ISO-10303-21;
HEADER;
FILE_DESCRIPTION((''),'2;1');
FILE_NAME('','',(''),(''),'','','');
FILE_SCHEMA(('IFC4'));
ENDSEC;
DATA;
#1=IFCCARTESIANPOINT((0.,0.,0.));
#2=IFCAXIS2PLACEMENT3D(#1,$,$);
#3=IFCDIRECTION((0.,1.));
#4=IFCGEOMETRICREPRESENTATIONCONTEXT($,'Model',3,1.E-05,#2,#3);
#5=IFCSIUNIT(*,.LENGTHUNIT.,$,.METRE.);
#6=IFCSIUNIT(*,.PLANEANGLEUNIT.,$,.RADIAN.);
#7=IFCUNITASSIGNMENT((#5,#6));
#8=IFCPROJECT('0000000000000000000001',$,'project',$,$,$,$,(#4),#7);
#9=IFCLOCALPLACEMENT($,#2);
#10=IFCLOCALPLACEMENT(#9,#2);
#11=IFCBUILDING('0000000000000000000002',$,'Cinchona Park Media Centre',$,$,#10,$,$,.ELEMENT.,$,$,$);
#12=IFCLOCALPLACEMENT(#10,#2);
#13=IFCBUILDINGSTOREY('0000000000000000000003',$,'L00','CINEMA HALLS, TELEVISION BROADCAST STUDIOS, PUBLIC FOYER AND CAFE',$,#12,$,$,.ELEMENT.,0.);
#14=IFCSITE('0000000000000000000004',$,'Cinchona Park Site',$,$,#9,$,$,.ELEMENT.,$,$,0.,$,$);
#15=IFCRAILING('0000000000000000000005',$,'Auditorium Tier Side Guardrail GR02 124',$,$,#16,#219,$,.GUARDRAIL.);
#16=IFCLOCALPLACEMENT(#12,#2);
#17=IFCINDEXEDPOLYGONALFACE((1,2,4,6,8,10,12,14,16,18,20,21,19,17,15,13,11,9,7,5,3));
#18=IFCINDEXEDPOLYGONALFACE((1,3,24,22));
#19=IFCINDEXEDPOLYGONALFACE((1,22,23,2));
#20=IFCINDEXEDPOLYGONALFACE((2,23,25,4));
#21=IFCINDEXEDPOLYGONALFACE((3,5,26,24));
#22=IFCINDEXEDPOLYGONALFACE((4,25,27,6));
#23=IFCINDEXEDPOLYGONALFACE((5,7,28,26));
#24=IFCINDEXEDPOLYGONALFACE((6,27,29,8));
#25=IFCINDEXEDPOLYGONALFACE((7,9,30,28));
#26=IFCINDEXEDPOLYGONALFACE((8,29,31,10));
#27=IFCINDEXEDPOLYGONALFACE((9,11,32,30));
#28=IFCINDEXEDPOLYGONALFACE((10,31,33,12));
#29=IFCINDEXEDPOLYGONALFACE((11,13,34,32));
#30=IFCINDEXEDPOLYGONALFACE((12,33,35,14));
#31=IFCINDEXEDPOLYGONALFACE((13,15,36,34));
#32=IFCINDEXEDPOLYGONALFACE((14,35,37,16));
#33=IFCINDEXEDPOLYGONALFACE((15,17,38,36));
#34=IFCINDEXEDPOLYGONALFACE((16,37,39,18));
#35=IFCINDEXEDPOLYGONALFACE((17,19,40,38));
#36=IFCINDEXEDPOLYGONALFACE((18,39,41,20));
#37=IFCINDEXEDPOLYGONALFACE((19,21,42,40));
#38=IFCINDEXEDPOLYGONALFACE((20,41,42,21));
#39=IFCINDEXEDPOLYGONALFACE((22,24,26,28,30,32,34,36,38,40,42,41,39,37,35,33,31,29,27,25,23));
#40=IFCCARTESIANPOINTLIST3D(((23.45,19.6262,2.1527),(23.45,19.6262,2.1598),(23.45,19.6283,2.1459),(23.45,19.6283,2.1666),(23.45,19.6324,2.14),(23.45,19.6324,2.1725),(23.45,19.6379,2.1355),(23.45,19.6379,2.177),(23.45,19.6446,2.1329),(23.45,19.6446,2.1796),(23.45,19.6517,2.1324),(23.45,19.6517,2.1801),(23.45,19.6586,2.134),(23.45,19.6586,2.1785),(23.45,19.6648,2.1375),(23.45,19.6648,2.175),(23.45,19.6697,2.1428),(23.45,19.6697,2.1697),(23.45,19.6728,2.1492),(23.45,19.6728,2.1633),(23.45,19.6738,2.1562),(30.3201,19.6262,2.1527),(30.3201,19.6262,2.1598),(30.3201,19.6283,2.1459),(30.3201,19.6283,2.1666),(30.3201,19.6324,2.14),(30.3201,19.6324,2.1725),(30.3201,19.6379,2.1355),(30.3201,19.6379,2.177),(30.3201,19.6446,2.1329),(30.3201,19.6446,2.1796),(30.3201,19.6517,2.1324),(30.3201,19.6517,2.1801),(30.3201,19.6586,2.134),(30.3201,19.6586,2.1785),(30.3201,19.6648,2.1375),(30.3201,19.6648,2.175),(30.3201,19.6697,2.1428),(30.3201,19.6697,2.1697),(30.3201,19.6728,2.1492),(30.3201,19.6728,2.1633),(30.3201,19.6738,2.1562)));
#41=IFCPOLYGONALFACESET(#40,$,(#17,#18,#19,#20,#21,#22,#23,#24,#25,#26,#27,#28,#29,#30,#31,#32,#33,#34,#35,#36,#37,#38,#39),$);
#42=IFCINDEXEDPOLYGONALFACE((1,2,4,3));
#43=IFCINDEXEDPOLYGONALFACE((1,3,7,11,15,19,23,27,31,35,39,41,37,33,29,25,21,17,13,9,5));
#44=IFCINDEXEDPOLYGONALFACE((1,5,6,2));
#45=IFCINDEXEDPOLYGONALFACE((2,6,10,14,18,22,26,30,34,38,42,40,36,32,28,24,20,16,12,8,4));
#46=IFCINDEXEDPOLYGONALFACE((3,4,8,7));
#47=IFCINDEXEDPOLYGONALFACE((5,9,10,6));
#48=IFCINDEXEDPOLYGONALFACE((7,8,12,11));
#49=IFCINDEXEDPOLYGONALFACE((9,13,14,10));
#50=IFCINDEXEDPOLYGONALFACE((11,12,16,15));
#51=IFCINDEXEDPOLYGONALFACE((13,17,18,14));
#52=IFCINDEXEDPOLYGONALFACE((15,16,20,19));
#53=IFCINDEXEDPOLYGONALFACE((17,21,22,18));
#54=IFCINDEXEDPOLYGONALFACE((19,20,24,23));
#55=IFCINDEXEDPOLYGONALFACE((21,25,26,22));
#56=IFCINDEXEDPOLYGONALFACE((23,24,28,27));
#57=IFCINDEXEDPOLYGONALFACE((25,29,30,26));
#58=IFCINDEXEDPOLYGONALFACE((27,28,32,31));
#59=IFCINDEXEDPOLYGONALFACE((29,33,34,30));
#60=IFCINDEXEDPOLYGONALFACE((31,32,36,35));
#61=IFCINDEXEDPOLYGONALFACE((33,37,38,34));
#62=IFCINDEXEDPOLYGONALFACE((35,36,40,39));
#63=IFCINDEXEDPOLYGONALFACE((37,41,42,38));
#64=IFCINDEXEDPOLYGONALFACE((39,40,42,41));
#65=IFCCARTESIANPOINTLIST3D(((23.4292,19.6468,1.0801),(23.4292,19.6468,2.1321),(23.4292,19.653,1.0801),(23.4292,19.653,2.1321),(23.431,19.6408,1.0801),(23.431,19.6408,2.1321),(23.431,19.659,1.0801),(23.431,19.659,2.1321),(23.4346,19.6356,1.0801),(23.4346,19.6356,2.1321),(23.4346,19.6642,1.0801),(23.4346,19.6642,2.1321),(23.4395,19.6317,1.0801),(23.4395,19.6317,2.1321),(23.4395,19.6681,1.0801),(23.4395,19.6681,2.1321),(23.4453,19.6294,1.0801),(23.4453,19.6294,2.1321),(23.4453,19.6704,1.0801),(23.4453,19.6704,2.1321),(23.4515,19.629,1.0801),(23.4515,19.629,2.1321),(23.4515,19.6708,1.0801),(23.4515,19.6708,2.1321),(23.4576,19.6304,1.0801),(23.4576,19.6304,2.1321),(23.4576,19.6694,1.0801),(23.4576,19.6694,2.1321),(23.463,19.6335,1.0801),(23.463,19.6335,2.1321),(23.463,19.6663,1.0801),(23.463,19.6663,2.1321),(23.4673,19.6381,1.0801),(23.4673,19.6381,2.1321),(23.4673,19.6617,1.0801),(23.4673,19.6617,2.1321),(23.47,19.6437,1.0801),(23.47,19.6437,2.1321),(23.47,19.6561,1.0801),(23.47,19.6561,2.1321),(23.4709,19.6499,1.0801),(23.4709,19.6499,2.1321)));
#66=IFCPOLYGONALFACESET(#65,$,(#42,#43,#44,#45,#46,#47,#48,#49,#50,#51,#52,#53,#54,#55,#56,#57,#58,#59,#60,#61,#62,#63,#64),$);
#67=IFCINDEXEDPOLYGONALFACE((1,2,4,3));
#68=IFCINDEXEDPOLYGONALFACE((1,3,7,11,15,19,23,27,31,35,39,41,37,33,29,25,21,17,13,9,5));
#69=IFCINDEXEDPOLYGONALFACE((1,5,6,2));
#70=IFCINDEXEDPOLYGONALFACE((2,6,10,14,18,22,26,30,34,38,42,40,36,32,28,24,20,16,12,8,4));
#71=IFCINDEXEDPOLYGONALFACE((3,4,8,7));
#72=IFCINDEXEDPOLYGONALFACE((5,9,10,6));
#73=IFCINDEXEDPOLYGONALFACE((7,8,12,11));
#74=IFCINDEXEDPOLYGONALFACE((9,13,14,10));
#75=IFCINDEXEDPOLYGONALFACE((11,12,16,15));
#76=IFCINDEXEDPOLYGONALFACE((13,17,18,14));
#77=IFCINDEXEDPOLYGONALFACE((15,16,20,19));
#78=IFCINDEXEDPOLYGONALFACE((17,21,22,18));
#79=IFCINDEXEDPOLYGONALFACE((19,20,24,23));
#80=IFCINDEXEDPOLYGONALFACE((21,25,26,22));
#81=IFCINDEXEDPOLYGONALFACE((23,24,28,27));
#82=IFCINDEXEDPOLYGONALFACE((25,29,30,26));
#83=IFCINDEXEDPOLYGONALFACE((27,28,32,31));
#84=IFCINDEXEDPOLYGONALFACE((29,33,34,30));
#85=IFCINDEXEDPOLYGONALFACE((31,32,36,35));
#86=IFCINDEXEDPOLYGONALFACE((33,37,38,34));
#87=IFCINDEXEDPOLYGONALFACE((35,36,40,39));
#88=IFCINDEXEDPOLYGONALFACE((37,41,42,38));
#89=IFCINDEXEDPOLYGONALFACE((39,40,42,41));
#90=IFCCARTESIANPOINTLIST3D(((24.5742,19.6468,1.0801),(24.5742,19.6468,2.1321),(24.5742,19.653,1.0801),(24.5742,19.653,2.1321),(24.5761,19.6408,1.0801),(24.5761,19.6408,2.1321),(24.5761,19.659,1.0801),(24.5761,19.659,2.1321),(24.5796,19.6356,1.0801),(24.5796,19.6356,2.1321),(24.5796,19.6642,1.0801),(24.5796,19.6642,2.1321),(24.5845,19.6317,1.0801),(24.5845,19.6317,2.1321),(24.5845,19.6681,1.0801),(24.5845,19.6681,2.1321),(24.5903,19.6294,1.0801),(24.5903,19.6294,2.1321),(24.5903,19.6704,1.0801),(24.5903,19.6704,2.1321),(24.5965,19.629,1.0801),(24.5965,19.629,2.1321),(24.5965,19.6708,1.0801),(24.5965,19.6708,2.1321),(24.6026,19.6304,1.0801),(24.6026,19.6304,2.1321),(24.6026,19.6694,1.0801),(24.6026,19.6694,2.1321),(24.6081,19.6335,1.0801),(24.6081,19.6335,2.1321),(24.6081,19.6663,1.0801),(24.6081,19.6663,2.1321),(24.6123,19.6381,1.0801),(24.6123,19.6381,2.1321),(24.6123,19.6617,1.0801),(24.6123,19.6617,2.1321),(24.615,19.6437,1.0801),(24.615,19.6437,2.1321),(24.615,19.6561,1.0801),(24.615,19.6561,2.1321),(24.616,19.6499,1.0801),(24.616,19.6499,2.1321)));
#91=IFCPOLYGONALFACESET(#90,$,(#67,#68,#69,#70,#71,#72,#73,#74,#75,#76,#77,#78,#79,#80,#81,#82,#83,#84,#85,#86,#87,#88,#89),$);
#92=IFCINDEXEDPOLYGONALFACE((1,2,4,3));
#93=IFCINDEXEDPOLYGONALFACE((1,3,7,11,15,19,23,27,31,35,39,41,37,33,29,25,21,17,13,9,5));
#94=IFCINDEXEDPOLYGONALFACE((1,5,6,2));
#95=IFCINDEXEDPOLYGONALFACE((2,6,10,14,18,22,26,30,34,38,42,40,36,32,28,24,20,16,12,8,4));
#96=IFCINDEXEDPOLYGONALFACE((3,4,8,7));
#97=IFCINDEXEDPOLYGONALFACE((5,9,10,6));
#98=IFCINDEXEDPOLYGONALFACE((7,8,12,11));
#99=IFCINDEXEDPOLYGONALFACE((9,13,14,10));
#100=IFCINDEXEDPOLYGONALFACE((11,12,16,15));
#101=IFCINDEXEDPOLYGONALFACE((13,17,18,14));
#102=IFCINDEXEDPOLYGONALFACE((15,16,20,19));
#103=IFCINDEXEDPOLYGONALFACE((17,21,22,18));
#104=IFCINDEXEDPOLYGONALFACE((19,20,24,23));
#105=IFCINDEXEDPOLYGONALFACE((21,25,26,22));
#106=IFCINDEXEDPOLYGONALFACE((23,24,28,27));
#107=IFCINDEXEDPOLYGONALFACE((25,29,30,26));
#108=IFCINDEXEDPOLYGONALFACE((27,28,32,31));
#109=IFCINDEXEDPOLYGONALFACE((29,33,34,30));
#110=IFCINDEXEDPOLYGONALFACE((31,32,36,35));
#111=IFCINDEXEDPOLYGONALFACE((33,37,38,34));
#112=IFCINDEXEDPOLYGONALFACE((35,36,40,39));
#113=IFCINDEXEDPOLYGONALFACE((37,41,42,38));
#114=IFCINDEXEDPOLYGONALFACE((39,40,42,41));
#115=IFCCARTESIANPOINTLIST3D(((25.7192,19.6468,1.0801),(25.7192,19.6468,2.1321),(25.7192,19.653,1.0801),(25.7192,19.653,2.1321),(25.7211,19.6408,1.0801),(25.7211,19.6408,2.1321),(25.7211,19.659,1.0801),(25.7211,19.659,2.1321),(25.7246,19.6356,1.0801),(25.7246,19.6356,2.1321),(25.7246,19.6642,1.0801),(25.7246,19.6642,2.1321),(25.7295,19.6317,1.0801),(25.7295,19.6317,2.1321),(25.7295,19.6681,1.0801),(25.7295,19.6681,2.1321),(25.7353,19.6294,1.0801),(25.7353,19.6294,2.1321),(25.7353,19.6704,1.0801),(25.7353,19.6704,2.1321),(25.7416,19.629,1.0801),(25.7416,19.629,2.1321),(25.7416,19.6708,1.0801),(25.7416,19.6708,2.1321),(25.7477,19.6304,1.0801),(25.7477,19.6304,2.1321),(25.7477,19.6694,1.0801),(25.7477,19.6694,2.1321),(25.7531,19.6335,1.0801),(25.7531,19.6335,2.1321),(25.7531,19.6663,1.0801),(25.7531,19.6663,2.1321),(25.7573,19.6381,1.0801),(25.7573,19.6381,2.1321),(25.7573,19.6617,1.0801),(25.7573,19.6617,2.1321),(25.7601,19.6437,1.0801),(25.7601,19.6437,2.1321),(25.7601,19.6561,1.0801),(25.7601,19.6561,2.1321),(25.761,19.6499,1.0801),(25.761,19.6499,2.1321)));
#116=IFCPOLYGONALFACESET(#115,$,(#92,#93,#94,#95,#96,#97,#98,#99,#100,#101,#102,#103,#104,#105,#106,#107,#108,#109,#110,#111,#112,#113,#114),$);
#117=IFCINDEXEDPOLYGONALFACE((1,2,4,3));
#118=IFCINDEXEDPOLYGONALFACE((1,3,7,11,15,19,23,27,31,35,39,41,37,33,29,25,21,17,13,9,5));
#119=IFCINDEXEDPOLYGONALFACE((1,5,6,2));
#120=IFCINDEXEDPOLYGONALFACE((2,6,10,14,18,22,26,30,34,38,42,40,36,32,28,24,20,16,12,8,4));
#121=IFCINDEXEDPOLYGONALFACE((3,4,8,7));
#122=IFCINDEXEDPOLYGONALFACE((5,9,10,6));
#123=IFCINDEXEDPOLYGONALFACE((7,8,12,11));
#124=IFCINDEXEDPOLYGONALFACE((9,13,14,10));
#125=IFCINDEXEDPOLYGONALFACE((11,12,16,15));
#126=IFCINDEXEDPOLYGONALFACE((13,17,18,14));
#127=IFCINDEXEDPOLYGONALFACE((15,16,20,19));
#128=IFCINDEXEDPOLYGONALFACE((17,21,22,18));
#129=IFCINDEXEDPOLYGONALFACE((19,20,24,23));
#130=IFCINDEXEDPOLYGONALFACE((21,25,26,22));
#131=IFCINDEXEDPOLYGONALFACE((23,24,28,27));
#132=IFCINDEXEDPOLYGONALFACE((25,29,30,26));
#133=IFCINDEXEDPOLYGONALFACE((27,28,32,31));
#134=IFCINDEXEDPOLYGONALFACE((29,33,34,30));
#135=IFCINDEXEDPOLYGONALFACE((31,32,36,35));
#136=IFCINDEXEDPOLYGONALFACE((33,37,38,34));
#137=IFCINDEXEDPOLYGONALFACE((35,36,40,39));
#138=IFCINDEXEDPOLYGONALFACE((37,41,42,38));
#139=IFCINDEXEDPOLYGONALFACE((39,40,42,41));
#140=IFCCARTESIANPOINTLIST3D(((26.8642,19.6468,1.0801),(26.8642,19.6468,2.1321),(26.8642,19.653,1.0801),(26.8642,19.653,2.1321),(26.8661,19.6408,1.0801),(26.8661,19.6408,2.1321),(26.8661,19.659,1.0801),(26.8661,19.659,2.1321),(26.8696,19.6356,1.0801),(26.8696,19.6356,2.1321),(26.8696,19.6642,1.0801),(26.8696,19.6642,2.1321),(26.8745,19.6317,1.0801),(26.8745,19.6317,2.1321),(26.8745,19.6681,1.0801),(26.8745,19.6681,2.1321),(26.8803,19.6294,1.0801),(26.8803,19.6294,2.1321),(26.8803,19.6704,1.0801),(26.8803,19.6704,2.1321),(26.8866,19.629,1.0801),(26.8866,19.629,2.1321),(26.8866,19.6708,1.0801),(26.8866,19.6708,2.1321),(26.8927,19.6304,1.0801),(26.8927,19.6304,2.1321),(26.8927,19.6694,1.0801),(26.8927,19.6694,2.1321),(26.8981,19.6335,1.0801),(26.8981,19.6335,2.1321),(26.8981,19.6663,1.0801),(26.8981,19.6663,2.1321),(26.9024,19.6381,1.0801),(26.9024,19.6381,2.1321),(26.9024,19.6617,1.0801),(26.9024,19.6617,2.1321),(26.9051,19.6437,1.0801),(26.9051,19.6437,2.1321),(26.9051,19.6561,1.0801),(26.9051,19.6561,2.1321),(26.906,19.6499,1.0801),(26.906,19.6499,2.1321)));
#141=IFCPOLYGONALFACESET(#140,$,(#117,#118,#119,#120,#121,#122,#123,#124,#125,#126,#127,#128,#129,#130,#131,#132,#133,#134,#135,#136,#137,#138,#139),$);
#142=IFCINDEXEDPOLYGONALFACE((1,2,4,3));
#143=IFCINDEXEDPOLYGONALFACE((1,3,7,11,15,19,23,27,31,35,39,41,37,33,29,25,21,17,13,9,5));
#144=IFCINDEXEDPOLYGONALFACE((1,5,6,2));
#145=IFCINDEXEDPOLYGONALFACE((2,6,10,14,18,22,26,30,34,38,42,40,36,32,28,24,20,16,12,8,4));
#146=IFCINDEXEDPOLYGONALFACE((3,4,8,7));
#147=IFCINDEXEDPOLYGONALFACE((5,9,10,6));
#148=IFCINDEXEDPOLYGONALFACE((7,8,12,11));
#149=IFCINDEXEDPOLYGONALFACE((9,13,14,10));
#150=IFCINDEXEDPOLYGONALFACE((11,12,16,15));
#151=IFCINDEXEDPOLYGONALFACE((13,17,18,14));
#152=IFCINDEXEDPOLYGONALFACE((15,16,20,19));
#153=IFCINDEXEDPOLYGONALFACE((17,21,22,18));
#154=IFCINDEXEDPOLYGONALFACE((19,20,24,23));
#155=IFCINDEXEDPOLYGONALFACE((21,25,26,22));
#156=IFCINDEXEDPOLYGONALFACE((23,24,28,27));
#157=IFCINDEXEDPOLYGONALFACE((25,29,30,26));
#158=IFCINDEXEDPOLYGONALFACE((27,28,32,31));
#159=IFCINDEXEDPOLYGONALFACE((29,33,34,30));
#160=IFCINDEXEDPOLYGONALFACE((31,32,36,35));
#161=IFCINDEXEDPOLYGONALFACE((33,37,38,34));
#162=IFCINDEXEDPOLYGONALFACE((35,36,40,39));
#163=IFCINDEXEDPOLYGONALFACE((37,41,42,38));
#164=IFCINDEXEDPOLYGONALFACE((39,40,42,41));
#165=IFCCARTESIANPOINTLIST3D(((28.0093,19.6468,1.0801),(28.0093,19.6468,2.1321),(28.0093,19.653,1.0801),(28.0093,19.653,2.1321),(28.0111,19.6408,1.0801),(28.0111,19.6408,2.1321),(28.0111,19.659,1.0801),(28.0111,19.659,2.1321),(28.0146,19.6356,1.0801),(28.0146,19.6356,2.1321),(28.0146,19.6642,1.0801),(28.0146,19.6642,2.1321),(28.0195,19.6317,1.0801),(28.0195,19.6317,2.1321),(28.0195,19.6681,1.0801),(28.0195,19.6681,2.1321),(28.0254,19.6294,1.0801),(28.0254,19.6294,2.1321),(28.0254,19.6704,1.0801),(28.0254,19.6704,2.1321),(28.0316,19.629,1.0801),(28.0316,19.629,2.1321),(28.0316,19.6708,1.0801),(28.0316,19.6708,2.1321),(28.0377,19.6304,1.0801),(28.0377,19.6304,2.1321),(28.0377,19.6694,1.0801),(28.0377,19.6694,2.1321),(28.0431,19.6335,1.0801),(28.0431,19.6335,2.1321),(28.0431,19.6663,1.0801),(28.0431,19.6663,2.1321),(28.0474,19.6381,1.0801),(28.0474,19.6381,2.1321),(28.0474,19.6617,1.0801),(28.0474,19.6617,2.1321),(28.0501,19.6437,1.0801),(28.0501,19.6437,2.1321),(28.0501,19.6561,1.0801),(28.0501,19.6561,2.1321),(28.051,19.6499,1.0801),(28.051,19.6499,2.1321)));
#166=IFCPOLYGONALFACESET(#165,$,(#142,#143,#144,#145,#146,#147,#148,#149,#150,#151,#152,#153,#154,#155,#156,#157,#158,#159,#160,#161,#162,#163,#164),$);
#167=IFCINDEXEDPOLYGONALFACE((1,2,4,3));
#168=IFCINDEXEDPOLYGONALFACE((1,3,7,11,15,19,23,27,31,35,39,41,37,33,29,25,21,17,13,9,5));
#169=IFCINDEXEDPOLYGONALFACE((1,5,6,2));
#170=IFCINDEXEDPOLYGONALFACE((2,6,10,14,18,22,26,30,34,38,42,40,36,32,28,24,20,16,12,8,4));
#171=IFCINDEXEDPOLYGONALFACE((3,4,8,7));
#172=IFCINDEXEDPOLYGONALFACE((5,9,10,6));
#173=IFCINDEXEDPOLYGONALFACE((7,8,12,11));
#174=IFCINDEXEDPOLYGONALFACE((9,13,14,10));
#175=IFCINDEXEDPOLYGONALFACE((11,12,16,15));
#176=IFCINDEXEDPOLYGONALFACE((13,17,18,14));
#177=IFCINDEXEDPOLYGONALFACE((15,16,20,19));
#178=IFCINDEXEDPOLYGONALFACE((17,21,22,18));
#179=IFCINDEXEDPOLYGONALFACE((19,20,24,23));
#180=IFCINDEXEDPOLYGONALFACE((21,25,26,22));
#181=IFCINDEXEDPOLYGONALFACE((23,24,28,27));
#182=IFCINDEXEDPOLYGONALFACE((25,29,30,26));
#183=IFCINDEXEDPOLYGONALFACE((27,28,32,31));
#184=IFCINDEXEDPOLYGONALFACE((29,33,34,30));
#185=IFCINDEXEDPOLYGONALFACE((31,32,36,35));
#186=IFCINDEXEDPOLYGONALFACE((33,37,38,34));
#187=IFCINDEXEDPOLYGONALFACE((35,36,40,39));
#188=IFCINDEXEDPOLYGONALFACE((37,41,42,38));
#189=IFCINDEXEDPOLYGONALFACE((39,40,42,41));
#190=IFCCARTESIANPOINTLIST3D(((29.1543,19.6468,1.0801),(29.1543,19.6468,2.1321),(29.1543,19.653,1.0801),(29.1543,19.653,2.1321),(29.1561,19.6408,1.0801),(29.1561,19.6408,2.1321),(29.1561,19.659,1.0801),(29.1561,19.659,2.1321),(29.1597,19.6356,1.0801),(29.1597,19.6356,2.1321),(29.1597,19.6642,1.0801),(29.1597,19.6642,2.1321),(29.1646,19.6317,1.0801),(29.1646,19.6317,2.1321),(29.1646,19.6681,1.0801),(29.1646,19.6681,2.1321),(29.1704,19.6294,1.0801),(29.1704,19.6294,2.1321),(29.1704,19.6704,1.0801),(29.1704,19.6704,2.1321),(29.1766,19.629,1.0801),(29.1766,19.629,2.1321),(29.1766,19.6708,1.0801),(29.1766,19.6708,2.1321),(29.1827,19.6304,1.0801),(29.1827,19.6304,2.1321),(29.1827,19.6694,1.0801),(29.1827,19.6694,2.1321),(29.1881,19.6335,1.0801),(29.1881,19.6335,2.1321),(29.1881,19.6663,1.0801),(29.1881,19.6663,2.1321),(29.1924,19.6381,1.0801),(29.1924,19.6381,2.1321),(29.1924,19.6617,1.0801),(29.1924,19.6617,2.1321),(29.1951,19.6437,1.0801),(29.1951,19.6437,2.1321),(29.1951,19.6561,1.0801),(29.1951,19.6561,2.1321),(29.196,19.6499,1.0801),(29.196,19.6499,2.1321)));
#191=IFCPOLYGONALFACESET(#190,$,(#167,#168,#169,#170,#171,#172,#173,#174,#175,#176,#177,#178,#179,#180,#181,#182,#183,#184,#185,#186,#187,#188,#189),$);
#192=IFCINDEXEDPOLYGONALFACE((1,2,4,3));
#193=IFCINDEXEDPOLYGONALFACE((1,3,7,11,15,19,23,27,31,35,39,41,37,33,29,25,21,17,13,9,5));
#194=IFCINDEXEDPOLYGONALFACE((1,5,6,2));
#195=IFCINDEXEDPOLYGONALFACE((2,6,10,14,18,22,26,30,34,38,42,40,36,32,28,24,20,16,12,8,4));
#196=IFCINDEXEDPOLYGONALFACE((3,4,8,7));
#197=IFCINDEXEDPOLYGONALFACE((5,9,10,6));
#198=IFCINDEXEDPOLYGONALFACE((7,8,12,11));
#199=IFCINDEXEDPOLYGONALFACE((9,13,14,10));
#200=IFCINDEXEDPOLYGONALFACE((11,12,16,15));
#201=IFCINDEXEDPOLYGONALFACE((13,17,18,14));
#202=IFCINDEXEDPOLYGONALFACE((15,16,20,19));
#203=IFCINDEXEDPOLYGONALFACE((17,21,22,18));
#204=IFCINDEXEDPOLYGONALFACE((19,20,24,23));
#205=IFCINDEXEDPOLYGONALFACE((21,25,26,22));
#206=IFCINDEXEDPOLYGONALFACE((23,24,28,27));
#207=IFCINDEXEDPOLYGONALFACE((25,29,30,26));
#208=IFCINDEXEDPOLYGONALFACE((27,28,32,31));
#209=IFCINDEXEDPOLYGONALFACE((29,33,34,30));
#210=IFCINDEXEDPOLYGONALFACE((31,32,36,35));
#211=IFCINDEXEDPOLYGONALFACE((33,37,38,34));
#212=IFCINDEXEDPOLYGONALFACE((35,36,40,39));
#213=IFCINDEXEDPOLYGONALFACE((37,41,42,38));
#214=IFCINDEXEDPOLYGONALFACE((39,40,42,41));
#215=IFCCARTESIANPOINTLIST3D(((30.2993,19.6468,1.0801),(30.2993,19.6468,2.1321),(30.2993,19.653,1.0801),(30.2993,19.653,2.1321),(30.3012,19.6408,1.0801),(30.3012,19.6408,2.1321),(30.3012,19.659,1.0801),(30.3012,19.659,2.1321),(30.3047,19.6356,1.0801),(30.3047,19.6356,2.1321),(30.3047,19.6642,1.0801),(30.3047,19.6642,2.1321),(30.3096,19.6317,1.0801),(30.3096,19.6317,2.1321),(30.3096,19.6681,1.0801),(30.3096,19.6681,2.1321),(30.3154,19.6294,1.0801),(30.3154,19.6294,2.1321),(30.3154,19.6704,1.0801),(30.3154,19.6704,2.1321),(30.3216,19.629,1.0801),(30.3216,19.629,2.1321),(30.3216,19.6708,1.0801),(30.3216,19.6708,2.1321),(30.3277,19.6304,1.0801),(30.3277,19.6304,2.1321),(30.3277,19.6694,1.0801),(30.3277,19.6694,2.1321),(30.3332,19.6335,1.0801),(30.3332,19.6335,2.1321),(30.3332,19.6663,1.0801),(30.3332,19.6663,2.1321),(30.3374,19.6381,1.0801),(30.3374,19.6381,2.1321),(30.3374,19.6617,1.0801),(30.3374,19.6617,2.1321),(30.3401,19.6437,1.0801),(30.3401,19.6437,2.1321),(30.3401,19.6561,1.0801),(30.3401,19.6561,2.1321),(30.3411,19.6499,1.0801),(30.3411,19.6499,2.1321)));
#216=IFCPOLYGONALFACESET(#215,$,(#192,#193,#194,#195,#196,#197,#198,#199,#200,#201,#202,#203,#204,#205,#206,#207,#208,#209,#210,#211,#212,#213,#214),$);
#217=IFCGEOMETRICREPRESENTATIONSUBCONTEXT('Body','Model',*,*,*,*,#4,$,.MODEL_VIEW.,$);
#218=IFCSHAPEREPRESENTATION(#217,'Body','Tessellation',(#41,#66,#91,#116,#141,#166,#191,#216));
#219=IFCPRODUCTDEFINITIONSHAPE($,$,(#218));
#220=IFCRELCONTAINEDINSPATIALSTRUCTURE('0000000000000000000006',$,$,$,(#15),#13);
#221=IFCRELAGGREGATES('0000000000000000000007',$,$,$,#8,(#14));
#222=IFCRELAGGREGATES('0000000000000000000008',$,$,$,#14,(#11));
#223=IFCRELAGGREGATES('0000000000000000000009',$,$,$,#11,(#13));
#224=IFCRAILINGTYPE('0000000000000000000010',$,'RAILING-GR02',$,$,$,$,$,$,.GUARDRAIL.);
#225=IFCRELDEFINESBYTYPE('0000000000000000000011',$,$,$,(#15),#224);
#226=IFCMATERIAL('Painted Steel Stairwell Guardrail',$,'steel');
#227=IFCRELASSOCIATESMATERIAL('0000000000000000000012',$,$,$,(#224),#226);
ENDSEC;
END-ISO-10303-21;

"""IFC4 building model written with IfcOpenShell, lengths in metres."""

from ifc_helpers import new_model, si_unit, direction, frame, origin, origin_2d, place, context, subcontext, project, spatial, circle, extrude, material, type_object, element, save


model = new_model("IFC4")

# Units and contexts
model_context = context("Model", 3, precision=1e-05, world=origin(), true_north=direction((0.0, 1.0)))
body_context = subcontext(model_context, "Body", "Model", "MODEL_VIEW")
ifc_project = project(units=[si_unit("LENGTHUNIT", "METRE"), si_unit("PLANEANGLEUNIT", "RADIAN")], contexts=[model_context])

# Site, building, storey
site_placement = place(None, origin())
site = spatial("IfcSite", under=ifc_project, at=site_placement, Name="Cinchona Park Site", CompositionType="ELEMENT", RefElevation=0.0)
building_placement = place(site_placement, origin())
building = spatial("IfcBuilding", under=site, at=building_placement, Name="Cinchona Park Media Centre", CompositionType="ELEMENT")
storey_placement = place(building_placement, origin())
storey = spatial("IfcBuildingStorey", under=building, at=storey_placement, Name="L00", Description="CINEMA HALLS, TELEVISION BROADCAST STUDIOS, PUBLIC FOYER AND CAFE", CompositionType="ELEMENT", Elevation=0.0)

# Railing
ifc_material_1 = material(Name="Painted Steel Stairwell Guardrail", Category="steel")
railing_type = type_object("IfcRailingType", Name="RAILING-GR02", PredefinedType="GUARDRAIL", material=ifc_material_1)
railing_placement = place(storey_placement, frame((23.45, 19.6499, 1.0801)))
element("IfcRailing", 1, at=railing_placement, inside=storey, type_object=railing_type, Name="Auditorium Tier Side Guardrail GR02 124", PredefinedType="GUARDRAIL", context=body_context, shape_type="SweptSolid", body=[
    extrude(circle(Radius=0.0239, at=origin_2d()), frame((0.0, 0.0, 1.0762), z_axis=(1.0, 0.0, 0.0), x_axis=(0.0, 1.0, 0.0)), (0.0, 0.0, 1.0), 6.8701),
    extrude(circle(Radius=0.021, at=origin_2d()), origin(), (0.0, 0.0, 1.0), 1.052),
    extrude(circle(Radius=0.021, at=origin_2d()), frame((1.145, 0.0, 0.0)), (0.0, 0.0, 1.0), 1.052),
    extrude(circle(Radius=0.021, at=origin_2d()), frame((2.29, 0.0, 0.0)), (0.0, 0.0, 1.0), 1.052),
    extrude(circle(Radius=0.021, at=origin_2d()), frame((3.4351, 0.0, 0.0)), (0.0, 0.0, 1.0), 1.052),
    extrude(circle(Radius=0.021, at=origin_2d()), frame((4.5801, 0.0, 0.0)), (0.0, 0.0, 1.0), 1.052),
    extrude(circle(Radius=0.021, at=origin_2d()), frame((5.7251, 0.0, 0.0)), (0.0, 0.0, 1.0), 1.052),
    extrude(circle(Radius=0.021, at=origin_2d()), frame((6.8701, 0.0, 0.0)), (0.0, 0.0, 1.0), 1.052),
])

save(model, "model.ifc")
